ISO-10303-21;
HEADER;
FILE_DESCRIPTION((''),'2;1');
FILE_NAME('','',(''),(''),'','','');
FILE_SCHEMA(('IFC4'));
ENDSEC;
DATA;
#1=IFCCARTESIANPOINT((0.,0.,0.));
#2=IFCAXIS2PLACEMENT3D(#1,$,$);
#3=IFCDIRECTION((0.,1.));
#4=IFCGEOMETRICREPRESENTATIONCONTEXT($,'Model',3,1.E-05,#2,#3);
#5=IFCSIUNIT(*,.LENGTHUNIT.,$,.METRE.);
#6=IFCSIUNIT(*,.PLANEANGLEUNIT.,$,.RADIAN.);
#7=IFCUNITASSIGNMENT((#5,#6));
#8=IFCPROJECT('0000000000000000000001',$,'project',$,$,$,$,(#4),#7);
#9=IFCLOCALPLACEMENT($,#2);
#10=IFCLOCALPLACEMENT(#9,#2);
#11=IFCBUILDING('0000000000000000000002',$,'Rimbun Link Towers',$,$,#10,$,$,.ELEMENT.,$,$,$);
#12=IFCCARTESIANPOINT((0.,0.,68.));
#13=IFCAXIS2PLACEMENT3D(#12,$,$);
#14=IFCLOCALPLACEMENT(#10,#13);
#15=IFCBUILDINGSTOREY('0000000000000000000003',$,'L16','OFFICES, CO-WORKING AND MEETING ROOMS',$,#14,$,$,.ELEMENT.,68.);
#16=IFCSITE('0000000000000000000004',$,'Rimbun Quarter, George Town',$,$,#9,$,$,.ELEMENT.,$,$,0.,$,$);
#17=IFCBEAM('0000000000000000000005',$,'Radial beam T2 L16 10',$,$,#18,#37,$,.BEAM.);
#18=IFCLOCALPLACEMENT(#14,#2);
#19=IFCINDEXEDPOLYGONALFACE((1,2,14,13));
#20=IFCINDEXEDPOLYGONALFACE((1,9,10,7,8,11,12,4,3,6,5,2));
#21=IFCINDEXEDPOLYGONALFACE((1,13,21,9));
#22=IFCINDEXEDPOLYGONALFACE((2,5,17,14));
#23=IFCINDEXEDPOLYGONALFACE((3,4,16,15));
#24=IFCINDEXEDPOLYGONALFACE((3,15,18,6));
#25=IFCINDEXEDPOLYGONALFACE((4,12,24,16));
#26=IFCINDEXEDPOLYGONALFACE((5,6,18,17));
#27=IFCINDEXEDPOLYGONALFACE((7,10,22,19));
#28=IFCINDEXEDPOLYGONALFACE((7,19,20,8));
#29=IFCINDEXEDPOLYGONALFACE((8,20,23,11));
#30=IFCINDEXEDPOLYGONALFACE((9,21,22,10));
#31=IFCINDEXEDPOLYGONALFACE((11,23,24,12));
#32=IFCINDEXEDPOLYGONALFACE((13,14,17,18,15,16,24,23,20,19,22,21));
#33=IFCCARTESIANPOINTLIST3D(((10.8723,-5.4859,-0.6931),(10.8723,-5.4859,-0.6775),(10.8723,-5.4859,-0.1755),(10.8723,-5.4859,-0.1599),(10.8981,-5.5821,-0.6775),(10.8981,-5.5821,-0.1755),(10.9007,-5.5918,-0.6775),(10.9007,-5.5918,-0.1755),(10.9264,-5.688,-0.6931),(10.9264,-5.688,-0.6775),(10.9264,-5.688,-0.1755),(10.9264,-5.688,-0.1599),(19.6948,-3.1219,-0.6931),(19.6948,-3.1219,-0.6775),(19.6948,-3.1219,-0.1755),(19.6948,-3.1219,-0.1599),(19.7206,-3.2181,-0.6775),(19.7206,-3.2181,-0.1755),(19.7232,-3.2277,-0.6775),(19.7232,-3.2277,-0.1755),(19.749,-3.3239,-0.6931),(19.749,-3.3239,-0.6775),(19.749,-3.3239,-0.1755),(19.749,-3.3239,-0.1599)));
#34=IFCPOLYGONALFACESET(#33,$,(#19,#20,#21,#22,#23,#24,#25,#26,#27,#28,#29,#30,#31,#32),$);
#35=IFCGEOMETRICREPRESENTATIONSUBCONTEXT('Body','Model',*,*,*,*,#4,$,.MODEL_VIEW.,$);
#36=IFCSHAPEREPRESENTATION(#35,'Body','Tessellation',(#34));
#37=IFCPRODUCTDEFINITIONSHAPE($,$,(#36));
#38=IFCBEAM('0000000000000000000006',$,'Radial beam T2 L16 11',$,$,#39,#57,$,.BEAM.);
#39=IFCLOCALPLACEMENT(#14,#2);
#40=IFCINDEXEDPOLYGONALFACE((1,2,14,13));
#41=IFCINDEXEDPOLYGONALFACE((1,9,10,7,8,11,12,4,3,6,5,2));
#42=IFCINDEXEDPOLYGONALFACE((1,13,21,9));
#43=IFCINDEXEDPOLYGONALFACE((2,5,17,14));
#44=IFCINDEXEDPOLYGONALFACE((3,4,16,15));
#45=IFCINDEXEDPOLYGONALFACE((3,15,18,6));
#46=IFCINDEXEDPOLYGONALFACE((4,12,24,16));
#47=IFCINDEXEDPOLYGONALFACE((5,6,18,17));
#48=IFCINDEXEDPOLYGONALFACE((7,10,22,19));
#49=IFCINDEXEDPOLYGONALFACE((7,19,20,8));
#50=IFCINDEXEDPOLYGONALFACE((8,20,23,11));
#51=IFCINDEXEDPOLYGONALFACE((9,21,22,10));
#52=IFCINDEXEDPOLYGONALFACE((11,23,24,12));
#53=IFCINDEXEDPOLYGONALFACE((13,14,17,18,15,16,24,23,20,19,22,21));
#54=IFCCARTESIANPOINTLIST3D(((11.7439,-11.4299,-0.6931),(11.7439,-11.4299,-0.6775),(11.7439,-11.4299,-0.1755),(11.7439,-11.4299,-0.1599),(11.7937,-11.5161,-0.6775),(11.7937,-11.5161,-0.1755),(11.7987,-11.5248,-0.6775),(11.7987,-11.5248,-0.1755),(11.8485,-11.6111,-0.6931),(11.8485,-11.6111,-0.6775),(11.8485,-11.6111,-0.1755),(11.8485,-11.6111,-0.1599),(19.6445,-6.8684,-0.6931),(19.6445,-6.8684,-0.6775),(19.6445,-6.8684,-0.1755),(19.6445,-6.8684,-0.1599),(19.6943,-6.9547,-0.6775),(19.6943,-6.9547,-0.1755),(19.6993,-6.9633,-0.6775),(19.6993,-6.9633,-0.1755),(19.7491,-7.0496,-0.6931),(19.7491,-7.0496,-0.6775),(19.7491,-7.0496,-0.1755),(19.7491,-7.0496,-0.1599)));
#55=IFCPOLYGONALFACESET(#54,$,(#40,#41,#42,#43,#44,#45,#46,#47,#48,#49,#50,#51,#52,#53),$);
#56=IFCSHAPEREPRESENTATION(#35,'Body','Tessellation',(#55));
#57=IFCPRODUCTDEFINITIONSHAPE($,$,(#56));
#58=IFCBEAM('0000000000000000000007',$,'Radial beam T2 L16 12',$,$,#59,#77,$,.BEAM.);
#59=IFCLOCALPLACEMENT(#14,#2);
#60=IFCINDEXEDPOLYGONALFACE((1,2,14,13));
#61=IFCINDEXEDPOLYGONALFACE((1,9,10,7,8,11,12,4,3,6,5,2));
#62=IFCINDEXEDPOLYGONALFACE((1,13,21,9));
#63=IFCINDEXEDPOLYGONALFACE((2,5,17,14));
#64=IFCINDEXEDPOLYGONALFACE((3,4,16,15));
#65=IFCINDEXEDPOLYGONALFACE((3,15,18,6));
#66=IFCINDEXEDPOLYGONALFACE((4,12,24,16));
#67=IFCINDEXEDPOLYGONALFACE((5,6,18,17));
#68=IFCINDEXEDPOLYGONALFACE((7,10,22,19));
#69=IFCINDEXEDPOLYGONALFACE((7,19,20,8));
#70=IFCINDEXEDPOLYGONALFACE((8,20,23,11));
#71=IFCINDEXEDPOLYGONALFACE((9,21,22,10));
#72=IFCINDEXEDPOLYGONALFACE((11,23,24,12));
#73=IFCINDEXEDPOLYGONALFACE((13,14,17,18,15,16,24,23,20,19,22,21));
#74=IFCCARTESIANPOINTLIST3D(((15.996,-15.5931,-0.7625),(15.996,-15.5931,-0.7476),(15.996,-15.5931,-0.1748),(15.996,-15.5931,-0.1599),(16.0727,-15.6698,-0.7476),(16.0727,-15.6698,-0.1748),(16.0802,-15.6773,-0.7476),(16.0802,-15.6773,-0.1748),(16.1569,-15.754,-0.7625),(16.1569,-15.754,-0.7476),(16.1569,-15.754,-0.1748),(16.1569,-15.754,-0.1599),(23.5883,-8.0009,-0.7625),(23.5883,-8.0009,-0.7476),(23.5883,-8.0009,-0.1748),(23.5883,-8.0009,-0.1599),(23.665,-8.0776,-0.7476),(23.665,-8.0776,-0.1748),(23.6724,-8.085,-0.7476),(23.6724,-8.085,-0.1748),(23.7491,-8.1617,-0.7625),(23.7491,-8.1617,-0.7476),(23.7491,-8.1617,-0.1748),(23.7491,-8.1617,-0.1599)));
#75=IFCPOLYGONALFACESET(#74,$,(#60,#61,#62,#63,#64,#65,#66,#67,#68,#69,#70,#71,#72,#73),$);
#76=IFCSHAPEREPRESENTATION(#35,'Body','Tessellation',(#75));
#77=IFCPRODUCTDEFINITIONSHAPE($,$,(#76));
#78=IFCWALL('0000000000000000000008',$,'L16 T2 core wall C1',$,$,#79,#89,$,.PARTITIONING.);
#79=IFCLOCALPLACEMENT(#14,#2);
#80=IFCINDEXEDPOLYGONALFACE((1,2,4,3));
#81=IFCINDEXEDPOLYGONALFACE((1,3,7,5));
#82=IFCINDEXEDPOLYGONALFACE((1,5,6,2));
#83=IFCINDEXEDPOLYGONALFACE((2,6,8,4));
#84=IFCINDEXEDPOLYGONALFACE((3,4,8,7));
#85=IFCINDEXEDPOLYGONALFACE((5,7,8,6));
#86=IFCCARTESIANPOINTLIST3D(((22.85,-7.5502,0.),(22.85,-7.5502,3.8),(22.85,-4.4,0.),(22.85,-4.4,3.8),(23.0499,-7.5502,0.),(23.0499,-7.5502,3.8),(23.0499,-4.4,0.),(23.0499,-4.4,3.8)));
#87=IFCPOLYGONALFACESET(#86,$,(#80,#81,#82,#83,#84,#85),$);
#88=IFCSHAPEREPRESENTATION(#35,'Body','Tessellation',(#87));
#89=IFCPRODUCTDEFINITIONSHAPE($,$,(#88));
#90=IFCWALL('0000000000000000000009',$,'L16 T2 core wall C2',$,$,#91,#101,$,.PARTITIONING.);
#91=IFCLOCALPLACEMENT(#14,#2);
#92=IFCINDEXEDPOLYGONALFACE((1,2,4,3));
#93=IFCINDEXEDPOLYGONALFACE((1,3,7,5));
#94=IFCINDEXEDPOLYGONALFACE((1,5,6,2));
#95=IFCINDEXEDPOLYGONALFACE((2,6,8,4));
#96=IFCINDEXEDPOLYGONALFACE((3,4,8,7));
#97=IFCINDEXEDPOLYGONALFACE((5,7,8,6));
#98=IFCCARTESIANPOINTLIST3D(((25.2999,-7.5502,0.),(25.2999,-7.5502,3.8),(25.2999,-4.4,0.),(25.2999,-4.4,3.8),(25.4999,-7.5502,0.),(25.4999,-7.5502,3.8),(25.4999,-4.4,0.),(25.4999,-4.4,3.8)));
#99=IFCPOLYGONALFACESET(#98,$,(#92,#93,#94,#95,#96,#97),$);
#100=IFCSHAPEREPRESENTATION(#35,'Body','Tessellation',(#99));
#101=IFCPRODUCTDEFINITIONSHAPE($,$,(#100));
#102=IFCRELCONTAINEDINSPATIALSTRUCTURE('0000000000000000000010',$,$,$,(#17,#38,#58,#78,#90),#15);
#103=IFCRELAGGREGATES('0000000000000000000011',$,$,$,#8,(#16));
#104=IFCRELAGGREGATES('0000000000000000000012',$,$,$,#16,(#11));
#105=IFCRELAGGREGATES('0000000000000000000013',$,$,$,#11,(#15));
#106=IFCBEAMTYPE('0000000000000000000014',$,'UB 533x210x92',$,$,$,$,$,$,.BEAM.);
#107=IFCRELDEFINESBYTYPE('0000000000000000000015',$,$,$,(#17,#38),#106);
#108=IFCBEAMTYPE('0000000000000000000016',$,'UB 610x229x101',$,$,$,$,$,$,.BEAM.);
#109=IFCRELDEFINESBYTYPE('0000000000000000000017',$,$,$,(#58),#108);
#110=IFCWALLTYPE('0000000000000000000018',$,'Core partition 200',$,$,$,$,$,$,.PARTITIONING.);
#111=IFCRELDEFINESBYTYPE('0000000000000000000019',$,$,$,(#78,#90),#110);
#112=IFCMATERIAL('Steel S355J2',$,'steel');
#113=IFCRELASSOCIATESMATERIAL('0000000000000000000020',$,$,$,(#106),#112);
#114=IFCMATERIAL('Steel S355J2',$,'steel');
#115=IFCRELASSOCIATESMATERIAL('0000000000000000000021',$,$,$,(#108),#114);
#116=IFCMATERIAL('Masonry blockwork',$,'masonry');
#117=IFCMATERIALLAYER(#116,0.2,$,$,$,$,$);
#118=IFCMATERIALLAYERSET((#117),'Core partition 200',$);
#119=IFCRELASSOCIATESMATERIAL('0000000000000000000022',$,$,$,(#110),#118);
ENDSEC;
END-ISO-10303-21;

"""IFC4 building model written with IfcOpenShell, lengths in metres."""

from ifc_helpers import new_model, si_unit, direction, frame, frame_2d, origin, origin_2d, place, context, subcontext, project, spatial, rectangle, i_section, extrude, material, layer, layer_set, material_profile, profile_set, type_object, element, save


model = new_model("IFC4")

# Units and contexts
model_context = context("Model", 3, precision=1e-05, world=origin(), true_north=direction((0.0, 1.0)))
body_context = subcontext(model_context, "Body", "Model", "MODEL_VIEW")
ifc_project = project(units=[si_unit("LENGTHUNIT", "METRE"), si_unit("PLANEANGLEUNIT", "RADIAN")], contexts=[model_context])

# Site, building, storey
site_placement = place(None, origin())
site = spatial("IfcSite", under=ifc_project, at=site_placement, Name="Rimbun Quarter, George Town", CompositionType="ELEMENT", RefElevation=0.0)
building_placement = place(site_placement, origin())
building = spatial("IfcBuilding", under=site, at=building_placement, Name="Rimbun Link Towers", CompositionType="ELEMENT")
storey_placement = place(building_placement, frame((0.0, 0.0, 68.0)))
storey = spatial("IfcBuildingStorey", under=building, at=storey_placement, Name="L16", Description="OFFICES, CO-WORKING AND MEETING ROOMS", CompositionType="ELEMENT", Elevation=68.0)

# Beams
ifc_material_1 = material(Name="Steel S355J2", Category="steel")
ifc_material_profile_1 = material_profile(ifc_material_1, i_section(OverallWidth=0.2092, OverallDepth=0.5332, WebThickness=0.01, FlangeThickness=0.0156, at=origin_2d()), Name="UB 533x210x92")
ifc_profile_set_1 = profile_set([ifc_material_profile_1], Name="Steel S355J2")
beam_type_1 = type_object("IfcBeamType", Name="UB 533x210x92", PredefinedType="BEAM", material=ifc_profile_set_1)
beam_1_placement = place(storey_placement, frame((19.7219, -3.2229, -0.4265), z_axis=(-0.965925, -0.258822, 0.0), x_axis=(0.258822, -0.965925, 0.0)))
element("IfcBeam", 1, at=beam_1_placement, inside=storey, type_object=beam_type_1, Name="Radial beam T2 L16 10", PredefinedType="BEAM", context=body_context, shape_type="SweptSolid", body=[
    extrude(i_section(OverallWidth=0.2092, OverallDepth=0.5332, WebThickness=0.01, FlangeThickness=0.0156, at=origin_2d()), origin(), (0.0, 0.0, 1.0), 9.1338),
])
beam_2_placement = place(storey_placement, frame((19.6968, -6.959, -0.4265), z_axis=(-0.866021, -0.500007, 0.0), x_axis=(0.500007, -0.866021, 0.0)))
element("IfcBeam", 2, at=beam_2_placement, inside=storey, type_object=beam_type_1, Name="Radial beam T2 L16 11", PredefinedType="BEAM", context=body_context, shape_type="SweptSolid", body=[
    extrude(i_section(OverallWidth=0.2092, OverallDepth=0.5332, WebThickness=0.01, FlangeThickness=0.0156, at=origin_2d()), origin(), (0.0, 0.0, 1.0), 9.1228),
])
ifc_material_2 = material(Name="Steel S355J2", Category="steel")
ifc_material_profile_2 = material_profile(ifc_material_2, i_section(OverallWidth=0.2275, OverallDepth=0.6025, WebThickness=0.0105, FlangeThickness=0.0149, at=origin_2d()), Name="UB 610x229x101")
ifc_profile_set_2 = profile_set([ifc_material_profile_2], Name="Steel S355J2")
beam_type_2 = type_object("IfcBeamType", Name="UB 610x229x101", PredefinedType="BEAM", material=ifc_profile_set_2)
beam_3_placement = place(storey_placement, frame((23.6687, -8.0813, -0.4612), z_axis=(-0.707107, -0.707107, 0.0), x_axis=(0.707107, -0.707107, 0.0)))
element("IfcBeam", 3, at=beam_3_placement, inside=storey, type_object=beam_type_2, Name="Radial beam T2 L16 12", PredefinedType="BEAM", context=body_context, shape_type="SweptSolid", body=[
    extrude(i_section(OverallWidth=0.2275, OverallDepth=0.6025, WebThickness=0.0105, FlangeThickness=0.0149, at=origin_2d()), origin(), (0.0, 0.0, 1.0), 10.7371),
])

# Walls
ifc_material_3 = material(Name="Masonry blockwork", Category="masonry")
ifc_layer_1 = layer(ifc_material_3, 0.2)
ifc_layer_set_1 = layer_set([ifc_layer_1], Name="Core partition 200")
wall_type_1 = type_object("IfcWallType", Name="Core partition 200", PredefinedType="PARTITIONING", material=ifc_layer_set_1)
for number, where, z_axis, x_axis, name in (
    (4, (22.95, -4.3999, 0.0), (0.0, 0.0, 1.0), (0.0, -1.0, 0.0), "L16 T2 core wall C1"),
    (5, (25.3999, -4.3999, 0.0), (0.0, 0.0, 1.0), (0.0, -1.0, 0.0), "L16 T2 core wall C2"),
):
    element("IfcWall", number, at=place(storey_placement, frame(where, z_axis=z_axis, x_axis=x_axis)), inside=storey, type_object=wall_type_1, Name=name, PredefinedType="PARTITIONING", context=body_context, shape_type="SweptSolid", body=[
        extrude(rectangle(XDim=3.1501, YDim=0.2, at=frame_2d((1.5752, 0.0))), origin(), (0.0, 0.0, 1.0), 3.8),
    ])

save(model, "model.ifc")
